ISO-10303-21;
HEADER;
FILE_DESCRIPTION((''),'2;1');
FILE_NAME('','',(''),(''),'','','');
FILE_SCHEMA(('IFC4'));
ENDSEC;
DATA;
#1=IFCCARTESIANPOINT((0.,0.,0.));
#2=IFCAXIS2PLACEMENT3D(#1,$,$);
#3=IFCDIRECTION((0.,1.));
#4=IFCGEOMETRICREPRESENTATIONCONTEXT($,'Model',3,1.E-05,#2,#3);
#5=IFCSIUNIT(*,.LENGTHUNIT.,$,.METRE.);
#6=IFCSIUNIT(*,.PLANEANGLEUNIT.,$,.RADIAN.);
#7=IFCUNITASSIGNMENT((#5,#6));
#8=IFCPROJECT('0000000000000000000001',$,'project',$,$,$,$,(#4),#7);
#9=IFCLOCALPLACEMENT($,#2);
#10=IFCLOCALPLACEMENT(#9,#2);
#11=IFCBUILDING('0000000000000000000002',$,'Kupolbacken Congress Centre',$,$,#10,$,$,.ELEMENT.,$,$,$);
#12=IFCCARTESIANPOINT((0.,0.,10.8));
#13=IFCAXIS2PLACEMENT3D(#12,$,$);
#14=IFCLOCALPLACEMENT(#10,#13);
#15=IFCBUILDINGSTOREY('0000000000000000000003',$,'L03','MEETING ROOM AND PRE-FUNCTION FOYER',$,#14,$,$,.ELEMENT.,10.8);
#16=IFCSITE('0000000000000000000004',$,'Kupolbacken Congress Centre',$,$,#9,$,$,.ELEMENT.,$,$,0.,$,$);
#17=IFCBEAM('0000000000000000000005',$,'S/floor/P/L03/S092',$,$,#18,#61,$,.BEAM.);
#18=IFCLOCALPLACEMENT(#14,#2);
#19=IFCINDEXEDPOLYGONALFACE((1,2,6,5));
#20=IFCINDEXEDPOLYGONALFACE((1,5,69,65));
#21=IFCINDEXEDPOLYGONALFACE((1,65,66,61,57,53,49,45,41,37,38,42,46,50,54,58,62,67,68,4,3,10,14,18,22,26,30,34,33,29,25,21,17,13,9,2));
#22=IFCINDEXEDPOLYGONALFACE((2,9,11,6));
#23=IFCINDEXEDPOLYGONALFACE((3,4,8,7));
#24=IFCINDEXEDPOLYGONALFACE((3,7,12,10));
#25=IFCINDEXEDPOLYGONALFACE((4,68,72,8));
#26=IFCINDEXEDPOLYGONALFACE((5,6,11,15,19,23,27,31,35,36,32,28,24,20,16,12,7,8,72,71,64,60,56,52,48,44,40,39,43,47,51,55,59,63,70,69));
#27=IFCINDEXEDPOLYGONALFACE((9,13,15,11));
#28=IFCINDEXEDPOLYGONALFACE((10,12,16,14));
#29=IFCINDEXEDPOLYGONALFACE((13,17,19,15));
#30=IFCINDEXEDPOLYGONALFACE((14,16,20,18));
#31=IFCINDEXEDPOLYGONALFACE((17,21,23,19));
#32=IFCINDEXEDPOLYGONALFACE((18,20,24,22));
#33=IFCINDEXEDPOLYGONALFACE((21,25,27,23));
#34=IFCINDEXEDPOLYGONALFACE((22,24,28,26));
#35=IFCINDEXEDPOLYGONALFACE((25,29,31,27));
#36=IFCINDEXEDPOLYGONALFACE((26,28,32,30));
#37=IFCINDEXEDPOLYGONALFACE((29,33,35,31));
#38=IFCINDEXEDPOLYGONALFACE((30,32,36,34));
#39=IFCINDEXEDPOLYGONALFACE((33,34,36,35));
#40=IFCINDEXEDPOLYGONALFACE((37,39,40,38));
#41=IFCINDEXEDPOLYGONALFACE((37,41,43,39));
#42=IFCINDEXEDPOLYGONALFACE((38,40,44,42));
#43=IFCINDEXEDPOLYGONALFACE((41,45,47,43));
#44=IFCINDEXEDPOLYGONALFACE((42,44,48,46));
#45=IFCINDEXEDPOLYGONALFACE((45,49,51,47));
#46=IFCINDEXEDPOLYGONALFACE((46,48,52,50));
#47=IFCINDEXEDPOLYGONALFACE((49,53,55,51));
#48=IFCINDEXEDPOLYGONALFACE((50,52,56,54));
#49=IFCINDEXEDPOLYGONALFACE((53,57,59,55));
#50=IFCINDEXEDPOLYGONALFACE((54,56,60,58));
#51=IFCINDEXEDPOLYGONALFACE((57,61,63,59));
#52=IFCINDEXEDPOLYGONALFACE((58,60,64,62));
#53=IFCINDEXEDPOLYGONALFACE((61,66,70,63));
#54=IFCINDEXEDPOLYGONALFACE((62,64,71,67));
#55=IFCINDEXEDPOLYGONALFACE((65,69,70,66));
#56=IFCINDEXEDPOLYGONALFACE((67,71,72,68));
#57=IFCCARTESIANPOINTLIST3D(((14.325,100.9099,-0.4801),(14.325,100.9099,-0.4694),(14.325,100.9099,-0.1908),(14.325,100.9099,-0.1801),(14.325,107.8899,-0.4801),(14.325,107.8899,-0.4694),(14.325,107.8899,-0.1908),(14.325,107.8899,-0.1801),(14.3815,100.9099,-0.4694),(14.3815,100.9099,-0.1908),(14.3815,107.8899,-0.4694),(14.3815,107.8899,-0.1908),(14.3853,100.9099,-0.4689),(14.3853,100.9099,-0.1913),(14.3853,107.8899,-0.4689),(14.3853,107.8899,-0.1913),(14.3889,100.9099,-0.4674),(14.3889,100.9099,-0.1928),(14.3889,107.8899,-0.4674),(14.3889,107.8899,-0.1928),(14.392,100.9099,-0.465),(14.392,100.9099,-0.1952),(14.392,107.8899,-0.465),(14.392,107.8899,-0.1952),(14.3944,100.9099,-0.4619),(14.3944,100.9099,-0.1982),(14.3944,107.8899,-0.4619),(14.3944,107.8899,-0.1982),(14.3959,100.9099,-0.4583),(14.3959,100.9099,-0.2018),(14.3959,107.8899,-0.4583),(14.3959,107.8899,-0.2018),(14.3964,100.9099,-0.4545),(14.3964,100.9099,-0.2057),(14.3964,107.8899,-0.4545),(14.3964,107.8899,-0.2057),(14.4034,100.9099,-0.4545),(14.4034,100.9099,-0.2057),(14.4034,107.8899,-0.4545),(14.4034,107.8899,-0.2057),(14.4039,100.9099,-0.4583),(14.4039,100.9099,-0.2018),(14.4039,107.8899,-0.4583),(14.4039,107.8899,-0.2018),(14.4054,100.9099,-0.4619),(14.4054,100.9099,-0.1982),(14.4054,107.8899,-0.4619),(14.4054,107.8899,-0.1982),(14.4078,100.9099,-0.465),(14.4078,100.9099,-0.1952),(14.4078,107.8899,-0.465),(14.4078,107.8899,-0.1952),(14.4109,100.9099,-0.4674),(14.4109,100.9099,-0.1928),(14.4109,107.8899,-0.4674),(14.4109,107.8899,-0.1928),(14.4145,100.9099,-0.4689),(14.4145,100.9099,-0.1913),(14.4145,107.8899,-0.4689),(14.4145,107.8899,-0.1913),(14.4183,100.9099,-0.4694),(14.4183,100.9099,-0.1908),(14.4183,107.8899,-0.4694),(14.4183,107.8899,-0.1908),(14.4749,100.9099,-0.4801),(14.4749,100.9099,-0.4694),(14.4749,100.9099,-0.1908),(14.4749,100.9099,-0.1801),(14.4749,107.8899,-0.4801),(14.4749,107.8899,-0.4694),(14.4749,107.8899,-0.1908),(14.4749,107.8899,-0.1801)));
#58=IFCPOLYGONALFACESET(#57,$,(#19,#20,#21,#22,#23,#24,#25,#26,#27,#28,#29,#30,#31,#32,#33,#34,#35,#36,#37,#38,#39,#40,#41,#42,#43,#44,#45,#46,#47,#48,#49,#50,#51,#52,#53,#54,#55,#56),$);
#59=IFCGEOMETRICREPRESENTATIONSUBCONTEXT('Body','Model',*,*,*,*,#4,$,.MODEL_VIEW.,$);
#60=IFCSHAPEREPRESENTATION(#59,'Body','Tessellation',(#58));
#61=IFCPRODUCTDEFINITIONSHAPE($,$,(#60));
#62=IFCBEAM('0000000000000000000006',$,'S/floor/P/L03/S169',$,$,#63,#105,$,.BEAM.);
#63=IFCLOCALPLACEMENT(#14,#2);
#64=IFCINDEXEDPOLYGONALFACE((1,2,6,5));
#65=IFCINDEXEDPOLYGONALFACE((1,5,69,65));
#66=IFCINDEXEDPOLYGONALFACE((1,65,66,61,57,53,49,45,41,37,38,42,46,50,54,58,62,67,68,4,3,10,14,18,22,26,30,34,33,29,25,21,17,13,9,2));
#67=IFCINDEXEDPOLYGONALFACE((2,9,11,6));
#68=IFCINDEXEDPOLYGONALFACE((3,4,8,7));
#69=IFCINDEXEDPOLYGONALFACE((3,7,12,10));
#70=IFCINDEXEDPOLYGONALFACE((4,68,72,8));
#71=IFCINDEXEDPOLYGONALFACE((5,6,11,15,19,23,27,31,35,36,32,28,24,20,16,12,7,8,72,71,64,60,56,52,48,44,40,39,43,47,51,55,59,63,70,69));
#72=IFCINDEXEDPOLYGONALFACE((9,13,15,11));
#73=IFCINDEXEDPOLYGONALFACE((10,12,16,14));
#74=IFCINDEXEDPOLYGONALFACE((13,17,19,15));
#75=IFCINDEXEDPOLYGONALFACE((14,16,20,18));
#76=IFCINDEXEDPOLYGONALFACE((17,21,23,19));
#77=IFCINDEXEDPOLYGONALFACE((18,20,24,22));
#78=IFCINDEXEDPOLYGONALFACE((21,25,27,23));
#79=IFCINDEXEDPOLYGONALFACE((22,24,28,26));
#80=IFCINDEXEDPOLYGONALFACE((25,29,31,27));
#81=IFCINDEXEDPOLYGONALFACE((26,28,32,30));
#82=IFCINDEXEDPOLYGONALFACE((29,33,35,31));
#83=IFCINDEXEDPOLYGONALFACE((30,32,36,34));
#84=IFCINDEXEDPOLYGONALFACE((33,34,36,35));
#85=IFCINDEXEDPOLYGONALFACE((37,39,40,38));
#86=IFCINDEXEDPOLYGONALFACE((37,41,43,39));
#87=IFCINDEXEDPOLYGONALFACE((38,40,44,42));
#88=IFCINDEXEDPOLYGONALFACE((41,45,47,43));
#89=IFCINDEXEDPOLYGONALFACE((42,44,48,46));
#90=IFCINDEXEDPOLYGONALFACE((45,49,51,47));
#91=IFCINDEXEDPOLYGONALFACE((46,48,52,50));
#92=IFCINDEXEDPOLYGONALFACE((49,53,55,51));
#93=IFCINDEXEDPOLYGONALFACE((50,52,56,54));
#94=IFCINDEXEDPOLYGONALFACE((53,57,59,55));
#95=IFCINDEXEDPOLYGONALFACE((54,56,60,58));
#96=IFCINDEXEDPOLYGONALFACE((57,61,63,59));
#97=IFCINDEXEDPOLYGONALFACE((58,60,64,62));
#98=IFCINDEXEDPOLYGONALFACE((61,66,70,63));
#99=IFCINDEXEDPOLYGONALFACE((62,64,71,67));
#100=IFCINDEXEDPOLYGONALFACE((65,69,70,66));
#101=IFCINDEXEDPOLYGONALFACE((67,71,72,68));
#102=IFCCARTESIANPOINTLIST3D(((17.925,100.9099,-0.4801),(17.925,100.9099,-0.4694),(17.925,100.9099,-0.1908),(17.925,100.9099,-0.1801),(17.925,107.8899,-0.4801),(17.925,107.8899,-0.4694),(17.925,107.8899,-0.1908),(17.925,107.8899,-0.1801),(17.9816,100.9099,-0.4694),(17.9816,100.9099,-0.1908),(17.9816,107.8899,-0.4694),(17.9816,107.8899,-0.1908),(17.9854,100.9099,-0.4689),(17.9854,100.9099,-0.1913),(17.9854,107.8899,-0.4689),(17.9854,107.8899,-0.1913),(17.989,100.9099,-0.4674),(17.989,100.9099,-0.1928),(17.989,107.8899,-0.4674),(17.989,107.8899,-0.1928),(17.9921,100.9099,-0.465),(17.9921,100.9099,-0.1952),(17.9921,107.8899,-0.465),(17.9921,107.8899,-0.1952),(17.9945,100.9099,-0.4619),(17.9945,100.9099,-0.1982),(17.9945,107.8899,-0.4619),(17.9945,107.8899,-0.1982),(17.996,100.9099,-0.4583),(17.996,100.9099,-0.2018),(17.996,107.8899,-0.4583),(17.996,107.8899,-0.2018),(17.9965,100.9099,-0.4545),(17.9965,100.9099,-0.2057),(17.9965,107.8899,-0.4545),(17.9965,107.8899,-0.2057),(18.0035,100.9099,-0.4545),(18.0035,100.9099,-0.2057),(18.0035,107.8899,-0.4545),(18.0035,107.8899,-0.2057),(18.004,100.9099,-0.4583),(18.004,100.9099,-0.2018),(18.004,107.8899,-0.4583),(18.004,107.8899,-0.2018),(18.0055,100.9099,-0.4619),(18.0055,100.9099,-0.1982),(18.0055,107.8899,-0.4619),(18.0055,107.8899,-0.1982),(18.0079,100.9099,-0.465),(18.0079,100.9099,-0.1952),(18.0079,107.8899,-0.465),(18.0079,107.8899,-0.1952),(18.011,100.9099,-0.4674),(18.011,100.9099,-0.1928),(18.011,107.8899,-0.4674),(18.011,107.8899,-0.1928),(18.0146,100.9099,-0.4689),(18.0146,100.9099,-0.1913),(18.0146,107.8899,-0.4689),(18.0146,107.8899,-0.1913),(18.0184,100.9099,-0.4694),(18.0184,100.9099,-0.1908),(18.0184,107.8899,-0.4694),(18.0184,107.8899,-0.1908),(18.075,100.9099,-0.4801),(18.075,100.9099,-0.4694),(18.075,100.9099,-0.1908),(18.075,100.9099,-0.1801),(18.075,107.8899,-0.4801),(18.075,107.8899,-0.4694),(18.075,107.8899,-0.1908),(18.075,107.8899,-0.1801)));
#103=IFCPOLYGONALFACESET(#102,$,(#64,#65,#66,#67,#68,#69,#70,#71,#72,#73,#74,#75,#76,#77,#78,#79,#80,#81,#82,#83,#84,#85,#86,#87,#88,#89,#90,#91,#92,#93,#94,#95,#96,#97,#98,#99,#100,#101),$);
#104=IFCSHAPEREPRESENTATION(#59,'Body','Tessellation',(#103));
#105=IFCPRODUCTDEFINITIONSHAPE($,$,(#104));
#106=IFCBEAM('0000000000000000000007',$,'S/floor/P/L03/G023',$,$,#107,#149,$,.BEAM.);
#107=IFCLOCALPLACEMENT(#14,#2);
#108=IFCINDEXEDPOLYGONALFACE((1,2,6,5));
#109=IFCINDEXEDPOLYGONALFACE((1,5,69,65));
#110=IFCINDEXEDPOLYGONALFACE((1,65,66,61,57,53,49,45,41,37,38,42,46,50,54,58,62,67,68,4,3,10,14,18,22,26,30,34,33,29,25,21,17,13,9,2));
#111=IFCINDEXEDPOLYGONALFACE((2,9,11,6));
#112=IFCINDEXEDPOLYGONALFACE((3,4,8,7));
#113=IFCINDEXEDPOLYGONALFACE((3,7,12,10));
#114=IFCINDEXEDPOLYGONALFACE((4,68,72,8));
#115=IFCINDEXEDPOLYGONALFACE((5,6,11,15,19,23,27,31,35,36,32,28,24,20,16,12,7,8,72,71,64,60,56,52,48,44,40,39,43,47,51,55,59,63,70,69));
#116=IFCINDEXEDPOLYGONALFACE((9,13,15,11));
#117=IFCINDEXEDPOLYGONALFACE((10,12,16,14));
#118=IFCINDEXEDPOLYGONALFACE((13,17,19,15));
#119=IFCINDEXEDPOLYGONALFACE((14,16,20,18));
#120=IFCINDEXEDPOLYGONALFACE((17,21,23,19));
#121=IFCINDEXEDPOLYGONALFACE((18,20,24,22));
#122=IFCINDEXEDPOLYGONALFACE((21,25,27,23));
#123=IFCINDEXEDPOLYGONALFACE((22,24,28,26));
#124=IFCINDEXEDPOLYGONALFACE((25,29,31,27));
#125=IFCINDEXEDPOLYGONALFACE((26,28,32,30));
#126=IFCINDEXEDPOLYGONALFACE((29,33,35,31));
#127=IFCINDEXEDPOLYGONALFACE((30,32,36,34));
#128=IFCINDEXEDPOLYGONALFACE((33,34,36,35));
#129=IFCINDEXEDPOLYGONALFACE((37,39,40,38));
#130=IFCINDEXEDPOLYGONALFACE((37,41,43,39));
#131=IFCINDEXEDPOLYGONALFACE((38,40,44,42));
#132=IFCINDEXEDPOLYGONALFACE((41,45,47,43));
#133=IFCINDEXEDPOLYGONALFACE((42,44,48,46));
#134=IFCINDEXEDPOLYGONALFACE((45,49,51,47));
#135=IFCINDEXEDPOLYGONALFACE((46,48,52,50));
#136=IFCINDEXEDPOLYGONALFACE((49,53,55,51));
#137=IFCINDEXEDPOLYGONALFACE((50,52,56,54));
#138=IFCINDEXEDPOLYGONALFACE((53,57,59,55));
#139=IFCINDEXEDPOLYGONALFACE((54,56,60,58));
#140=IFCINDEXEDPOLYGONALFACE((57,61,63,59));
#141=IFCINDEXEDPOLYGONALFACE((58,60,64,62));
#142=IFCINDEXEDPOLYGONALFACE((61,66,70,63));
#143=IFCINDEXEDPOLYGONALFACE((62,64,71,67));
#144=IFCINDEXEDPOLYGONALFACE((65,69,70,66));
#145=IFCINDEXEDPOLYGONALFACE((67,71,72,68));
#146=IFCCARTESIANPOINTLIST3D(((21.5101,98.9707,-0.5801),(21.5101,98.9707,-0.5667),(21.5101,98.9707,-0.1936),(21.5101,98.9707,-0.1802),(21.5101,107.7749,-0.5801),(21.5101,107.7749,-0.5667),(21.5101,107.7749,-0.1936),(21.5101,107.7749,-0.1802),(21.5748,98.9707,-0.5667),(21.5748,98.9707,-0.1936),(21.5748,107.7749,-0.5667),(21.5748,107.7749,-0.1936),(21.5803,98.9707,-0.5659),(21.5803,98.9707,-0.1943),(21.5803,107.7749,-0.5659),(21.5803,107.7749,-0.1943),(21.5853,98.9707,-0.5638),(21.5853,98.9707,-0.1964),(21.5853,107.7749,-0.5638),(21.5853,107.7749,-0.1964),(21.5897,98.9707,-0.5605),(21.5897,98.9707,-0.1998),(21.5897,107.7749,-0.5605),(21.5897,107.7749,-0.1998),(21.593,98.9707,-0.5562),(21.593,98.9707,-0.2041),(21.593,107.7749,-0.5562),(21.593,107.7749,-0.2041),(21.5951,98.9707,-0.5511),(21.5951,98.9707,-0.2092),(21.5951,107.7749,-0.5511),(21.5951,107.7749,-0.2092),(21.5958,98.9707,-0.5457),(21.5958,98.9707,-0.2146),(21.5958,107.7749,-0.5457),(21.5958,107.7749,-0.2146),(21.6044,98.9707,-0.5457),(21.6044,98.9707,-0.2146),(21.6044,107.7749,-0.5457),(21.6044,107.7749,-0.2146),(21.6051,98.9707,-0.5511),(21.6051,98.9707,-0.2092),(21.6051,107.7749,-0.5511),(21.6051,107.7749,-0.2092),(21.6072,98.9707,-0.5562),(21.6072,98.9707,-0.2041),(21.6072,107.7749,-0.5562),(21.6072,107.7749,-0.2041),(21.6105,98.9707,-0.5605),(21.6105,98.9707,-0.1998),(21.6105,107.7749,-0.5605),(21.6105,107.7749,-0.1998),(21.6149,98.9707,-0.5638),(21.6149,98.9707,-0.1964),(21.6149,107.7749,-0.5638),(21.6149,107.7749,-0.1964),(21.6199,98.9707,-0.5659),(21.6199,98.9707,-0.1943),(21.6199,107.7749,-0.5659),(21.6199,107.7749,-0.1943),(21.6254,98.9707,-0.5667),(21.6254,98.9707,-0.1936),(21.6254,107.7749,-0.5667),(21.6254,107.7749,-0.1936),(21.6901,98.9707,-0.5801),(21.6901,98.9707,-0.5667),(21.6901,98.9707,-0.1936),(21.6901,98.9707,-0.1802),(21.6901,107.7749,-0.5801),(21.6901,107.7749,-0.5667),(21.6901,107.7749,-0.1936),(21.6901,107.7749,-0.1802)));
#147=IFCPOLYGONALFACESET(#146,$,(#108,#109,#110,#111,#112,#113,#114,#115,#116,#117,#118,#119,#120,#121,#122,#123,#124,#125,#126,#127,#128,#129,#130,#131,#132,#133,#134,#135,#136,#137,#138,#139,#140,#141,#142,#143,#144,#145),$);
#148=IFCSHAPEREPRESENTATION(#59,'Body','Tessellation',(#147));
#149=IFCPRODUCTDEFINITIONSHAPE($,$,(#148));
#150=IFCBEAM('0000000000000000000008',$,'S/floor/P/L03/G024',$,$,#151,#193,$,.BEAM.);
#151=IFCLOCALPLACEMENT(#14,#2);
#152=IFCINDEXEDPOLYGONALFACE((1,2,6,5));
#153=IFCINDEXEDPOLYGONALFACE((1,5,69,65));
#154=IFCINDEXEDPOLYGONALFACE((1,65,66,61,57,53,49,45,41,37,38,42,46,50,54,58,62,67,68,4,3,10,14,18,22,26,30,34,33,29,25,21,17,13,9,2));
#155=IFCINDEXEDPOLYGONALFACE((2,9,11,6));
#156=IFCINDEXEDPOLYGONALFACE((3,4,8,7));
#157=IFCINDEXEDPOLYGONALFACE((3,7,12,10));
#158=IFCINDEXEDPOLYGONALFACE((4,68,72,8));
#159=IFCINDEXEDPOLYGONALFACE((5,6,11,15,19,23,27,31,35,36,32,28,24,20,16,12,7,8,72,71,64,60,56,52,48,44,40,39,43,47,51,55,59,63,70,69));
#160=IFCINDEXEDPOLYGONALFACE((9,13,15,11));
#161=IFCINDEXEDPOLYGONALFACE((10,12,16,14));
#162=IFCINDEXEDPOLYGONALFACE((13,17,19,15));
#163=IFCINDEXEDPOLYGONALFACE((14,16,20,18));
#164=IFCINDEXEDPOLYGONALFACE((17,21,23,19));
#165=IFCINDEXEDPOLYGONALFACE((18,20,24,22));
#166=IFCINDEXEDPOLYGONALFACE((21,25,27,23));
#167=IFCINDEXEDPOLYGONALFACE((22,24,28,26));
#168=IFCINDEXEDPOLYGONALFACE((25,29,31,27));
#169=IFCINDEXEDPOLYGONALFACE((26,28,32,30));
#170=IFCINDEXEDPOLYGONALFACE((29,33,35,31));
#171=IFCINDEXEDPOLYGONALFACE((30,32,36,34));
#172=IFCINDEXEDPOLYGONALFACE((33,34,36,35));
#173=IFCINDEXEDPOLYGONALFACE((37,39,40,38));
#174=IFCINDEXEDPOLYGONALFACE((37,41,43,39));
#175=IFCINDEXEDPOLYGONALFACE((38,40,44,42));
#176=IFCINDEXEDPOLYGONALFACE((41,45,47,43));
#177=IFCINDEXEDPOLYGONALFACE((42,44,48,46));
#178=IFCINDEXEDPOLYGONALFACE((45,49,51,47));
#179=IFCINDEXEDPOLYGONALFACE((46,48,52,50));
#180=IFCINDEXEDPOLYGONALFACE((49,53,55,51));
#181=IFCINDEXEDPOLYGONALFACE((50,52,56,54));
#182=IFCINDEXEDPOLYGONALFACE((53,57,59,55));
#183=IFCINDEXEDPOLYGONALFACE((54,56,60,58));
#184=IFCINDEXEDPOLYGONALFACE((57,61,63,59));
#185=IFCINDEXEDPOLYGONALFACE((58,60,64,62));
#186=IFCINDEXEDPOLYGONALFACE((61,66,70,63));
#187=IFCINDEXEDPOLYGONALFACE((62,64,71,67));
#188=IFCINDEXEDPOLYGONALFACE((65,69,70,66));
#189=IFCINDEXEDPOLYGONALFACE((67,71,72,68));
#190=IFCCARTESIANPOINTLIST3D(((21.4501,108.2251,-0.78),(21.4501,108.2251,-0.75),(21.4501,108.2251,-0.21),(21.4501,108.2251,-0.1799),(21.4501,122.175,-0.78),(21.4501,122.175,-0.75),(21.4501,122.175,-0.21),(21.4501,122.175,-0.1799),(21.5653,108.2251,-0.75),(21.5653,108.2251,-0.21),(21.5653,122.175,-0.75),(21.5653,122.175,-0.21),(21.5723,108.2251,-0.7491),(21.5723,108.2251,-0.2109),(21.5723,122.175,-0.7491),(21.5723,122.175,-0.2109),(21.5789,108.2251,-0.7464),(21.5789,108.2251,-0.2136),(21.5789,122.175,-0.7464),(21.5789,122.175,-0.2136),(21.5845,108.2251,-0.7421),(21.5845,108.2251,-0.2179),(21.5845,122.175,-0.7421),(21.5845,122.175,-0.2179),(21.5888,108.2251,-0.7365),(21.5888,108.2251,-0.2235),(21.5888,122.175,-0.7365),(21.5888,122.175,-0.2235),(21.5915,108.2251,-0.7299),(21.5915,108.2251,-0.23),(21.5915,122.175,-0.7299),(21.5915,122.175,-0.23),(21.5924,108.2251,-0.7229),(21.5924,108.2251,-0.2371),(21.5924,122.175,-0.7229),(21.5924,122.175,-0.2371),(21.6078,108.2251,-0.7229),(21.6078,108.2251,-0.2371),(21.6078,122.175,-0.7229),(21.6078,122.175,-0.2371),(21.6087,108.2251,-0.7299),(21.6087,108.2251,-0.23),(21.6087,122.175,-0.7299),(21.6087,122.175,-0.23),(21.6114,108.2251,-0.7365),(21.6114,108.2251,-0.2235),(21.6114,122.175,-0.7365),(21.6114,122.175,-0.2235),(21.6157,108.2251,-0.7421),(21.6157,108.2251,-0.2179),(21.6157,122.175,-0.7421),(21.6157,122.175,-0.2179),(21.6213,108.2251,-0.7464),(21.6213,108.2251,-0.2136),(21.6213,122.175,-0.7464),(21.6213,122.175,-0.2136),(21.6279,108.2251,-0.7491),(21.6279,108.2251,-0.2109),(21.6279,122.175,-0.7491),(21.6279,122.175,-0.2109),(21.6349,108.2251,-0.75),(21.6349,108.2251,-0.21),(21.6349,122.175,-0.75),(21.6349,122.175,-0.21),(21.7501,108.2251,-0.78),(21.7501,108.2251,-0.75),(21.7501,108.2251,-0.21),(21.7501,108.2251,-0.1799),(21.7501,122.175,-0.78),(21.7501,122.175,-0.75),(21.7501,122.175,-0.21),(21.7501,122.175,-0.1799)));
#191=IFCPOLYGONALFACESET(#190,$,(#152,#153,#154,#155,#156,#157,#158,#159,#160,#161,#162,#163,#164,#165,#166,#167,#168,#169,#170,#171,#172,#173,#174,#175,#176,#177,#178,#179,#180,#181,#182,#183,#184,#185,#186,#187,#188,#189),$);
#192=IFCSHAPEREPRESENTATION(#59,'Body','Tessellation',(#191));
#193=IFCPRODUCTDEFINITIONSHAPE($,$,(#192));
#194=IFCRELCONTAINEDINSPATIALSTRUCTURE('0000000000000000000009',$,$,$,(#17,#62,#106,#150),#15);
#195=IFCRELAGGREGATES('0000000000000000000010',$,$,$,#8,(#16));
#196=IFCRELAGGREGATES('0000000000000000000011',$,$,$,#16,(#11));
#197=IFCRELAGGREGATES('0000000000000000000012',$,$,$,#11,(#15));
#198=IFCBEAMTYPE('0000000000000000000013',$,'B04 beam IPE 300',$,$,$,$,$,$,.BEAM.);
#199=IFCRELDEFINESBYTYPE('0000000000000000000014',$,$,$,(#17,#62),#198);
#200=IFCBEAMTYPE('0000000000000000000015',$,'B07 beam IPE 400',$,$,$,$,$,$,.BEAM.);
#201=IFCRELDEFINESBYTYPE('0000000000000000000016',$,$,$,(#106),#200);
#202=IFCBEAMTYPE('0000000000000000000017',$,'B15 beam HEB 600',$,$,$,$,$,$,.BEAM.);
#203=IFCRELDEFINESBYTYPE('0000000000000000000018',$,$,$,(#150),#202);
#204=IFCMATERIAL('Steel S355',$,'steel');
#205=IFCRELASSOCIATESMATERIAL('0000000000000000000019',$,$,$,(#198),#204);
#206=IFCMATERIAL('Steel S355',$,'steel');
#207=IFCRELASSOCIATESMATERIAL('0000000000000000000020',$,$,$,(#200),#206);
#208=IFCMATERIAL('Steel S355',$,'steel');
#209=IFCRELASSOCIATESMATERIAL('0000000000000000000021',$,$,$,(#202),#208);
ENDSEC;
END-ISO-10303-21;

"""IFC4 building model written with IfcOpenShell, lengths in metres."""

from ifc_helpers import new_model, si_unit, direction, frame, origin, origin_2d, place, context, subcontext, project, spatial, i_section, extrude, material, material_profile, profile_set, type_object, element, save


model = new_model("IFC4")

# Units and contexts
model_context = context("Model", 3, precision=1e-05, world=origin(), true_north=direction((0.0, 1.0)))
body_context = subcontext(model_context, "Body", "Model", "MODEL_VIEW")
ifc_project = project(units=[si_unit("LENGTHUNIT", "METRE"), si_unit("PLANEANGLEUNIT", "RADIAN")], contexts=[model_context])

# Site, building, storey
site_placement = place(None, origin())
site = spatial("IfcSite", under=ifc_project, at=site_placement, Name="Kupolbacken Congress Centre", CompositionType="ELEMENT", RefElevation=0.0)
building_placement = place(site_placement, origin())
building = spatial("IfcBuilding", under=site, at=building_placement, Name="Kupolbacken Congress Centre", CompositionType="ELEMENT")
storey_placement = place(building_placement, frame((0.0, 0.0, 10.8)))
storey = spatial("IfcBuildingStorey", under=building, at=storey_placement, Name="L03", Description="MEETING ROOM AND PRE-FUNCTION FOYER", CompositionType="ELEMENT", Elevation=10.8)

# Beams
ifc_material_1 = material(Name="Steel S355", Category="steel")
ifc_material_profile_1 = material_profile(ifc_material_1, i_section(OverallWidth=0.1499, OverallDepth=0.3, WebThickness=0.0071, FlangeThickness=0.0107, FilletRadius=0.0149, at=origin_2d()), Name="IPE 300")
ifc_profile_set_1 = profile_set([ifc_material_profile_1], Name="Steel S355")
beam_type_1 = type_object("IfcBeamType", Name="B04 beam IPE 300", PredefinedType="BEAM", material=ifc_profile_set_1)
for number, where, z_axis, x_axis, name in (
    (1, (14.3999, 100.9099, -0.3301), (0.0, 1.0, 0.0), (-1.0, 0.0, 0.0), "S/floor/P/L03/S092"),
    (2, (18.0, 100.9099, -0.3301), (0.0, 1.0, 0.0), (-1.0, 0.0, 0.0), "S/floor/P/L03/S169"),
):
    element("IfcBeam", number, at=place(storey_placement, frame(where, z_axis=z_axis, x_axis=x_axis)), inside=storey, type_object=beam_type_1, Name=name, PredefinedType="BEAM", context=body_context, shape_type="SweptSolid", body=[
        extrude(i_section(OverallWidth=0.1499, OverallDepth=0.3, WebThickness=0.0071, FlangeThickness=0.0107, FilletRadius=0.0149, at=origin_2d()), origin(), (0.0, 0.0, 1.0), 6.98),
    ])
ifc_material_2 = material(Name="Steel S355", Category="steel")
ifc_material_profile_2 = material_profile(ifc_material_2, i_section(OverallWidth=0.1799, OverallDepth=0.3999, WebThickness=0.0085, FlangeThickness=0.0134, FilletRadius=0.021, at=origin_2d()), Name="IPE 400")
ifc_profile_set_2 = profile_set([ifc_material_profile_2], Name="Steel S355")
beam_type_2 = type_object("IfcBeamType", Name="B07 beam IPE 400", PredefinedType="BEAM", material=ifc_profile_set_2)
beam_1_placement = place(storey_placement, frame((21.6001, 98.9707, -0.3801), z_axis=(0.0, 1.0, 0.0), x_axis=(-1.0, 0.0, 0.0)))
element("IfcBeam", 3, at=beam_1_placement, inside=storey, type_object=beam_type_2, Name="S/floor/P/L03/G023", PredefinedType="BEAM", context=body_context, shape_type="SweptSolid", body=[
    extrude(i_section(OverallWidth=0.1799, OverallDepth=0.3999, WebThickness=0.0085, FlangeThickness=0.0134, FilletRadius=0.021, at=origin_2d()), origin(), (0.0, 0.0, 1.0), 8.8042),
])
ifc_material_3 = material(Name="Steel S355", Category="steel")
ifc_material_profile_3 = material_profile(ifc_material_3, i_section(OverallWidth=0.3, OverallDepth=0.6001, WebThickness=0.0154, FlangeThickness=0.03, FilletRadius=0.0271, at=origin_2d()), Name="HEB 600")
ifc_profile_set_3 = profile_set([ifc_material_profile_3], Name="Steel S355")
beam_type_3 = type_object("IfcBeamType", Name="B15 beam HEB 600", PredefinedType="BEAM", material=ifc_profile_set_3)
beam_2_placement = place(storey_placement, frame((21.6001, 108.2251, -0.48), z_axis=(0.0, 1.0, 0.0), x_axis=(-1.0, 0.0, 0.0)))
element("IfcBeam", 4, at=beam_2_placement, inside=storey, type_object=beam_type_3, Name="S/floor/P/L03/G024", PredefinedType="BEAM", context=body_context, shape_type="SweptSolid", body=[
    extrude(i_section(OverallWidth=0.3, OverallDepth=0.6001, WebThickness=0.0154, FlangeThickness=0.03, FilletRadius=0.0271, at=origin_2d()), origin(), (0.0, 0.0, 1.0), 13.95),
])

save(model, "model.ifc")
